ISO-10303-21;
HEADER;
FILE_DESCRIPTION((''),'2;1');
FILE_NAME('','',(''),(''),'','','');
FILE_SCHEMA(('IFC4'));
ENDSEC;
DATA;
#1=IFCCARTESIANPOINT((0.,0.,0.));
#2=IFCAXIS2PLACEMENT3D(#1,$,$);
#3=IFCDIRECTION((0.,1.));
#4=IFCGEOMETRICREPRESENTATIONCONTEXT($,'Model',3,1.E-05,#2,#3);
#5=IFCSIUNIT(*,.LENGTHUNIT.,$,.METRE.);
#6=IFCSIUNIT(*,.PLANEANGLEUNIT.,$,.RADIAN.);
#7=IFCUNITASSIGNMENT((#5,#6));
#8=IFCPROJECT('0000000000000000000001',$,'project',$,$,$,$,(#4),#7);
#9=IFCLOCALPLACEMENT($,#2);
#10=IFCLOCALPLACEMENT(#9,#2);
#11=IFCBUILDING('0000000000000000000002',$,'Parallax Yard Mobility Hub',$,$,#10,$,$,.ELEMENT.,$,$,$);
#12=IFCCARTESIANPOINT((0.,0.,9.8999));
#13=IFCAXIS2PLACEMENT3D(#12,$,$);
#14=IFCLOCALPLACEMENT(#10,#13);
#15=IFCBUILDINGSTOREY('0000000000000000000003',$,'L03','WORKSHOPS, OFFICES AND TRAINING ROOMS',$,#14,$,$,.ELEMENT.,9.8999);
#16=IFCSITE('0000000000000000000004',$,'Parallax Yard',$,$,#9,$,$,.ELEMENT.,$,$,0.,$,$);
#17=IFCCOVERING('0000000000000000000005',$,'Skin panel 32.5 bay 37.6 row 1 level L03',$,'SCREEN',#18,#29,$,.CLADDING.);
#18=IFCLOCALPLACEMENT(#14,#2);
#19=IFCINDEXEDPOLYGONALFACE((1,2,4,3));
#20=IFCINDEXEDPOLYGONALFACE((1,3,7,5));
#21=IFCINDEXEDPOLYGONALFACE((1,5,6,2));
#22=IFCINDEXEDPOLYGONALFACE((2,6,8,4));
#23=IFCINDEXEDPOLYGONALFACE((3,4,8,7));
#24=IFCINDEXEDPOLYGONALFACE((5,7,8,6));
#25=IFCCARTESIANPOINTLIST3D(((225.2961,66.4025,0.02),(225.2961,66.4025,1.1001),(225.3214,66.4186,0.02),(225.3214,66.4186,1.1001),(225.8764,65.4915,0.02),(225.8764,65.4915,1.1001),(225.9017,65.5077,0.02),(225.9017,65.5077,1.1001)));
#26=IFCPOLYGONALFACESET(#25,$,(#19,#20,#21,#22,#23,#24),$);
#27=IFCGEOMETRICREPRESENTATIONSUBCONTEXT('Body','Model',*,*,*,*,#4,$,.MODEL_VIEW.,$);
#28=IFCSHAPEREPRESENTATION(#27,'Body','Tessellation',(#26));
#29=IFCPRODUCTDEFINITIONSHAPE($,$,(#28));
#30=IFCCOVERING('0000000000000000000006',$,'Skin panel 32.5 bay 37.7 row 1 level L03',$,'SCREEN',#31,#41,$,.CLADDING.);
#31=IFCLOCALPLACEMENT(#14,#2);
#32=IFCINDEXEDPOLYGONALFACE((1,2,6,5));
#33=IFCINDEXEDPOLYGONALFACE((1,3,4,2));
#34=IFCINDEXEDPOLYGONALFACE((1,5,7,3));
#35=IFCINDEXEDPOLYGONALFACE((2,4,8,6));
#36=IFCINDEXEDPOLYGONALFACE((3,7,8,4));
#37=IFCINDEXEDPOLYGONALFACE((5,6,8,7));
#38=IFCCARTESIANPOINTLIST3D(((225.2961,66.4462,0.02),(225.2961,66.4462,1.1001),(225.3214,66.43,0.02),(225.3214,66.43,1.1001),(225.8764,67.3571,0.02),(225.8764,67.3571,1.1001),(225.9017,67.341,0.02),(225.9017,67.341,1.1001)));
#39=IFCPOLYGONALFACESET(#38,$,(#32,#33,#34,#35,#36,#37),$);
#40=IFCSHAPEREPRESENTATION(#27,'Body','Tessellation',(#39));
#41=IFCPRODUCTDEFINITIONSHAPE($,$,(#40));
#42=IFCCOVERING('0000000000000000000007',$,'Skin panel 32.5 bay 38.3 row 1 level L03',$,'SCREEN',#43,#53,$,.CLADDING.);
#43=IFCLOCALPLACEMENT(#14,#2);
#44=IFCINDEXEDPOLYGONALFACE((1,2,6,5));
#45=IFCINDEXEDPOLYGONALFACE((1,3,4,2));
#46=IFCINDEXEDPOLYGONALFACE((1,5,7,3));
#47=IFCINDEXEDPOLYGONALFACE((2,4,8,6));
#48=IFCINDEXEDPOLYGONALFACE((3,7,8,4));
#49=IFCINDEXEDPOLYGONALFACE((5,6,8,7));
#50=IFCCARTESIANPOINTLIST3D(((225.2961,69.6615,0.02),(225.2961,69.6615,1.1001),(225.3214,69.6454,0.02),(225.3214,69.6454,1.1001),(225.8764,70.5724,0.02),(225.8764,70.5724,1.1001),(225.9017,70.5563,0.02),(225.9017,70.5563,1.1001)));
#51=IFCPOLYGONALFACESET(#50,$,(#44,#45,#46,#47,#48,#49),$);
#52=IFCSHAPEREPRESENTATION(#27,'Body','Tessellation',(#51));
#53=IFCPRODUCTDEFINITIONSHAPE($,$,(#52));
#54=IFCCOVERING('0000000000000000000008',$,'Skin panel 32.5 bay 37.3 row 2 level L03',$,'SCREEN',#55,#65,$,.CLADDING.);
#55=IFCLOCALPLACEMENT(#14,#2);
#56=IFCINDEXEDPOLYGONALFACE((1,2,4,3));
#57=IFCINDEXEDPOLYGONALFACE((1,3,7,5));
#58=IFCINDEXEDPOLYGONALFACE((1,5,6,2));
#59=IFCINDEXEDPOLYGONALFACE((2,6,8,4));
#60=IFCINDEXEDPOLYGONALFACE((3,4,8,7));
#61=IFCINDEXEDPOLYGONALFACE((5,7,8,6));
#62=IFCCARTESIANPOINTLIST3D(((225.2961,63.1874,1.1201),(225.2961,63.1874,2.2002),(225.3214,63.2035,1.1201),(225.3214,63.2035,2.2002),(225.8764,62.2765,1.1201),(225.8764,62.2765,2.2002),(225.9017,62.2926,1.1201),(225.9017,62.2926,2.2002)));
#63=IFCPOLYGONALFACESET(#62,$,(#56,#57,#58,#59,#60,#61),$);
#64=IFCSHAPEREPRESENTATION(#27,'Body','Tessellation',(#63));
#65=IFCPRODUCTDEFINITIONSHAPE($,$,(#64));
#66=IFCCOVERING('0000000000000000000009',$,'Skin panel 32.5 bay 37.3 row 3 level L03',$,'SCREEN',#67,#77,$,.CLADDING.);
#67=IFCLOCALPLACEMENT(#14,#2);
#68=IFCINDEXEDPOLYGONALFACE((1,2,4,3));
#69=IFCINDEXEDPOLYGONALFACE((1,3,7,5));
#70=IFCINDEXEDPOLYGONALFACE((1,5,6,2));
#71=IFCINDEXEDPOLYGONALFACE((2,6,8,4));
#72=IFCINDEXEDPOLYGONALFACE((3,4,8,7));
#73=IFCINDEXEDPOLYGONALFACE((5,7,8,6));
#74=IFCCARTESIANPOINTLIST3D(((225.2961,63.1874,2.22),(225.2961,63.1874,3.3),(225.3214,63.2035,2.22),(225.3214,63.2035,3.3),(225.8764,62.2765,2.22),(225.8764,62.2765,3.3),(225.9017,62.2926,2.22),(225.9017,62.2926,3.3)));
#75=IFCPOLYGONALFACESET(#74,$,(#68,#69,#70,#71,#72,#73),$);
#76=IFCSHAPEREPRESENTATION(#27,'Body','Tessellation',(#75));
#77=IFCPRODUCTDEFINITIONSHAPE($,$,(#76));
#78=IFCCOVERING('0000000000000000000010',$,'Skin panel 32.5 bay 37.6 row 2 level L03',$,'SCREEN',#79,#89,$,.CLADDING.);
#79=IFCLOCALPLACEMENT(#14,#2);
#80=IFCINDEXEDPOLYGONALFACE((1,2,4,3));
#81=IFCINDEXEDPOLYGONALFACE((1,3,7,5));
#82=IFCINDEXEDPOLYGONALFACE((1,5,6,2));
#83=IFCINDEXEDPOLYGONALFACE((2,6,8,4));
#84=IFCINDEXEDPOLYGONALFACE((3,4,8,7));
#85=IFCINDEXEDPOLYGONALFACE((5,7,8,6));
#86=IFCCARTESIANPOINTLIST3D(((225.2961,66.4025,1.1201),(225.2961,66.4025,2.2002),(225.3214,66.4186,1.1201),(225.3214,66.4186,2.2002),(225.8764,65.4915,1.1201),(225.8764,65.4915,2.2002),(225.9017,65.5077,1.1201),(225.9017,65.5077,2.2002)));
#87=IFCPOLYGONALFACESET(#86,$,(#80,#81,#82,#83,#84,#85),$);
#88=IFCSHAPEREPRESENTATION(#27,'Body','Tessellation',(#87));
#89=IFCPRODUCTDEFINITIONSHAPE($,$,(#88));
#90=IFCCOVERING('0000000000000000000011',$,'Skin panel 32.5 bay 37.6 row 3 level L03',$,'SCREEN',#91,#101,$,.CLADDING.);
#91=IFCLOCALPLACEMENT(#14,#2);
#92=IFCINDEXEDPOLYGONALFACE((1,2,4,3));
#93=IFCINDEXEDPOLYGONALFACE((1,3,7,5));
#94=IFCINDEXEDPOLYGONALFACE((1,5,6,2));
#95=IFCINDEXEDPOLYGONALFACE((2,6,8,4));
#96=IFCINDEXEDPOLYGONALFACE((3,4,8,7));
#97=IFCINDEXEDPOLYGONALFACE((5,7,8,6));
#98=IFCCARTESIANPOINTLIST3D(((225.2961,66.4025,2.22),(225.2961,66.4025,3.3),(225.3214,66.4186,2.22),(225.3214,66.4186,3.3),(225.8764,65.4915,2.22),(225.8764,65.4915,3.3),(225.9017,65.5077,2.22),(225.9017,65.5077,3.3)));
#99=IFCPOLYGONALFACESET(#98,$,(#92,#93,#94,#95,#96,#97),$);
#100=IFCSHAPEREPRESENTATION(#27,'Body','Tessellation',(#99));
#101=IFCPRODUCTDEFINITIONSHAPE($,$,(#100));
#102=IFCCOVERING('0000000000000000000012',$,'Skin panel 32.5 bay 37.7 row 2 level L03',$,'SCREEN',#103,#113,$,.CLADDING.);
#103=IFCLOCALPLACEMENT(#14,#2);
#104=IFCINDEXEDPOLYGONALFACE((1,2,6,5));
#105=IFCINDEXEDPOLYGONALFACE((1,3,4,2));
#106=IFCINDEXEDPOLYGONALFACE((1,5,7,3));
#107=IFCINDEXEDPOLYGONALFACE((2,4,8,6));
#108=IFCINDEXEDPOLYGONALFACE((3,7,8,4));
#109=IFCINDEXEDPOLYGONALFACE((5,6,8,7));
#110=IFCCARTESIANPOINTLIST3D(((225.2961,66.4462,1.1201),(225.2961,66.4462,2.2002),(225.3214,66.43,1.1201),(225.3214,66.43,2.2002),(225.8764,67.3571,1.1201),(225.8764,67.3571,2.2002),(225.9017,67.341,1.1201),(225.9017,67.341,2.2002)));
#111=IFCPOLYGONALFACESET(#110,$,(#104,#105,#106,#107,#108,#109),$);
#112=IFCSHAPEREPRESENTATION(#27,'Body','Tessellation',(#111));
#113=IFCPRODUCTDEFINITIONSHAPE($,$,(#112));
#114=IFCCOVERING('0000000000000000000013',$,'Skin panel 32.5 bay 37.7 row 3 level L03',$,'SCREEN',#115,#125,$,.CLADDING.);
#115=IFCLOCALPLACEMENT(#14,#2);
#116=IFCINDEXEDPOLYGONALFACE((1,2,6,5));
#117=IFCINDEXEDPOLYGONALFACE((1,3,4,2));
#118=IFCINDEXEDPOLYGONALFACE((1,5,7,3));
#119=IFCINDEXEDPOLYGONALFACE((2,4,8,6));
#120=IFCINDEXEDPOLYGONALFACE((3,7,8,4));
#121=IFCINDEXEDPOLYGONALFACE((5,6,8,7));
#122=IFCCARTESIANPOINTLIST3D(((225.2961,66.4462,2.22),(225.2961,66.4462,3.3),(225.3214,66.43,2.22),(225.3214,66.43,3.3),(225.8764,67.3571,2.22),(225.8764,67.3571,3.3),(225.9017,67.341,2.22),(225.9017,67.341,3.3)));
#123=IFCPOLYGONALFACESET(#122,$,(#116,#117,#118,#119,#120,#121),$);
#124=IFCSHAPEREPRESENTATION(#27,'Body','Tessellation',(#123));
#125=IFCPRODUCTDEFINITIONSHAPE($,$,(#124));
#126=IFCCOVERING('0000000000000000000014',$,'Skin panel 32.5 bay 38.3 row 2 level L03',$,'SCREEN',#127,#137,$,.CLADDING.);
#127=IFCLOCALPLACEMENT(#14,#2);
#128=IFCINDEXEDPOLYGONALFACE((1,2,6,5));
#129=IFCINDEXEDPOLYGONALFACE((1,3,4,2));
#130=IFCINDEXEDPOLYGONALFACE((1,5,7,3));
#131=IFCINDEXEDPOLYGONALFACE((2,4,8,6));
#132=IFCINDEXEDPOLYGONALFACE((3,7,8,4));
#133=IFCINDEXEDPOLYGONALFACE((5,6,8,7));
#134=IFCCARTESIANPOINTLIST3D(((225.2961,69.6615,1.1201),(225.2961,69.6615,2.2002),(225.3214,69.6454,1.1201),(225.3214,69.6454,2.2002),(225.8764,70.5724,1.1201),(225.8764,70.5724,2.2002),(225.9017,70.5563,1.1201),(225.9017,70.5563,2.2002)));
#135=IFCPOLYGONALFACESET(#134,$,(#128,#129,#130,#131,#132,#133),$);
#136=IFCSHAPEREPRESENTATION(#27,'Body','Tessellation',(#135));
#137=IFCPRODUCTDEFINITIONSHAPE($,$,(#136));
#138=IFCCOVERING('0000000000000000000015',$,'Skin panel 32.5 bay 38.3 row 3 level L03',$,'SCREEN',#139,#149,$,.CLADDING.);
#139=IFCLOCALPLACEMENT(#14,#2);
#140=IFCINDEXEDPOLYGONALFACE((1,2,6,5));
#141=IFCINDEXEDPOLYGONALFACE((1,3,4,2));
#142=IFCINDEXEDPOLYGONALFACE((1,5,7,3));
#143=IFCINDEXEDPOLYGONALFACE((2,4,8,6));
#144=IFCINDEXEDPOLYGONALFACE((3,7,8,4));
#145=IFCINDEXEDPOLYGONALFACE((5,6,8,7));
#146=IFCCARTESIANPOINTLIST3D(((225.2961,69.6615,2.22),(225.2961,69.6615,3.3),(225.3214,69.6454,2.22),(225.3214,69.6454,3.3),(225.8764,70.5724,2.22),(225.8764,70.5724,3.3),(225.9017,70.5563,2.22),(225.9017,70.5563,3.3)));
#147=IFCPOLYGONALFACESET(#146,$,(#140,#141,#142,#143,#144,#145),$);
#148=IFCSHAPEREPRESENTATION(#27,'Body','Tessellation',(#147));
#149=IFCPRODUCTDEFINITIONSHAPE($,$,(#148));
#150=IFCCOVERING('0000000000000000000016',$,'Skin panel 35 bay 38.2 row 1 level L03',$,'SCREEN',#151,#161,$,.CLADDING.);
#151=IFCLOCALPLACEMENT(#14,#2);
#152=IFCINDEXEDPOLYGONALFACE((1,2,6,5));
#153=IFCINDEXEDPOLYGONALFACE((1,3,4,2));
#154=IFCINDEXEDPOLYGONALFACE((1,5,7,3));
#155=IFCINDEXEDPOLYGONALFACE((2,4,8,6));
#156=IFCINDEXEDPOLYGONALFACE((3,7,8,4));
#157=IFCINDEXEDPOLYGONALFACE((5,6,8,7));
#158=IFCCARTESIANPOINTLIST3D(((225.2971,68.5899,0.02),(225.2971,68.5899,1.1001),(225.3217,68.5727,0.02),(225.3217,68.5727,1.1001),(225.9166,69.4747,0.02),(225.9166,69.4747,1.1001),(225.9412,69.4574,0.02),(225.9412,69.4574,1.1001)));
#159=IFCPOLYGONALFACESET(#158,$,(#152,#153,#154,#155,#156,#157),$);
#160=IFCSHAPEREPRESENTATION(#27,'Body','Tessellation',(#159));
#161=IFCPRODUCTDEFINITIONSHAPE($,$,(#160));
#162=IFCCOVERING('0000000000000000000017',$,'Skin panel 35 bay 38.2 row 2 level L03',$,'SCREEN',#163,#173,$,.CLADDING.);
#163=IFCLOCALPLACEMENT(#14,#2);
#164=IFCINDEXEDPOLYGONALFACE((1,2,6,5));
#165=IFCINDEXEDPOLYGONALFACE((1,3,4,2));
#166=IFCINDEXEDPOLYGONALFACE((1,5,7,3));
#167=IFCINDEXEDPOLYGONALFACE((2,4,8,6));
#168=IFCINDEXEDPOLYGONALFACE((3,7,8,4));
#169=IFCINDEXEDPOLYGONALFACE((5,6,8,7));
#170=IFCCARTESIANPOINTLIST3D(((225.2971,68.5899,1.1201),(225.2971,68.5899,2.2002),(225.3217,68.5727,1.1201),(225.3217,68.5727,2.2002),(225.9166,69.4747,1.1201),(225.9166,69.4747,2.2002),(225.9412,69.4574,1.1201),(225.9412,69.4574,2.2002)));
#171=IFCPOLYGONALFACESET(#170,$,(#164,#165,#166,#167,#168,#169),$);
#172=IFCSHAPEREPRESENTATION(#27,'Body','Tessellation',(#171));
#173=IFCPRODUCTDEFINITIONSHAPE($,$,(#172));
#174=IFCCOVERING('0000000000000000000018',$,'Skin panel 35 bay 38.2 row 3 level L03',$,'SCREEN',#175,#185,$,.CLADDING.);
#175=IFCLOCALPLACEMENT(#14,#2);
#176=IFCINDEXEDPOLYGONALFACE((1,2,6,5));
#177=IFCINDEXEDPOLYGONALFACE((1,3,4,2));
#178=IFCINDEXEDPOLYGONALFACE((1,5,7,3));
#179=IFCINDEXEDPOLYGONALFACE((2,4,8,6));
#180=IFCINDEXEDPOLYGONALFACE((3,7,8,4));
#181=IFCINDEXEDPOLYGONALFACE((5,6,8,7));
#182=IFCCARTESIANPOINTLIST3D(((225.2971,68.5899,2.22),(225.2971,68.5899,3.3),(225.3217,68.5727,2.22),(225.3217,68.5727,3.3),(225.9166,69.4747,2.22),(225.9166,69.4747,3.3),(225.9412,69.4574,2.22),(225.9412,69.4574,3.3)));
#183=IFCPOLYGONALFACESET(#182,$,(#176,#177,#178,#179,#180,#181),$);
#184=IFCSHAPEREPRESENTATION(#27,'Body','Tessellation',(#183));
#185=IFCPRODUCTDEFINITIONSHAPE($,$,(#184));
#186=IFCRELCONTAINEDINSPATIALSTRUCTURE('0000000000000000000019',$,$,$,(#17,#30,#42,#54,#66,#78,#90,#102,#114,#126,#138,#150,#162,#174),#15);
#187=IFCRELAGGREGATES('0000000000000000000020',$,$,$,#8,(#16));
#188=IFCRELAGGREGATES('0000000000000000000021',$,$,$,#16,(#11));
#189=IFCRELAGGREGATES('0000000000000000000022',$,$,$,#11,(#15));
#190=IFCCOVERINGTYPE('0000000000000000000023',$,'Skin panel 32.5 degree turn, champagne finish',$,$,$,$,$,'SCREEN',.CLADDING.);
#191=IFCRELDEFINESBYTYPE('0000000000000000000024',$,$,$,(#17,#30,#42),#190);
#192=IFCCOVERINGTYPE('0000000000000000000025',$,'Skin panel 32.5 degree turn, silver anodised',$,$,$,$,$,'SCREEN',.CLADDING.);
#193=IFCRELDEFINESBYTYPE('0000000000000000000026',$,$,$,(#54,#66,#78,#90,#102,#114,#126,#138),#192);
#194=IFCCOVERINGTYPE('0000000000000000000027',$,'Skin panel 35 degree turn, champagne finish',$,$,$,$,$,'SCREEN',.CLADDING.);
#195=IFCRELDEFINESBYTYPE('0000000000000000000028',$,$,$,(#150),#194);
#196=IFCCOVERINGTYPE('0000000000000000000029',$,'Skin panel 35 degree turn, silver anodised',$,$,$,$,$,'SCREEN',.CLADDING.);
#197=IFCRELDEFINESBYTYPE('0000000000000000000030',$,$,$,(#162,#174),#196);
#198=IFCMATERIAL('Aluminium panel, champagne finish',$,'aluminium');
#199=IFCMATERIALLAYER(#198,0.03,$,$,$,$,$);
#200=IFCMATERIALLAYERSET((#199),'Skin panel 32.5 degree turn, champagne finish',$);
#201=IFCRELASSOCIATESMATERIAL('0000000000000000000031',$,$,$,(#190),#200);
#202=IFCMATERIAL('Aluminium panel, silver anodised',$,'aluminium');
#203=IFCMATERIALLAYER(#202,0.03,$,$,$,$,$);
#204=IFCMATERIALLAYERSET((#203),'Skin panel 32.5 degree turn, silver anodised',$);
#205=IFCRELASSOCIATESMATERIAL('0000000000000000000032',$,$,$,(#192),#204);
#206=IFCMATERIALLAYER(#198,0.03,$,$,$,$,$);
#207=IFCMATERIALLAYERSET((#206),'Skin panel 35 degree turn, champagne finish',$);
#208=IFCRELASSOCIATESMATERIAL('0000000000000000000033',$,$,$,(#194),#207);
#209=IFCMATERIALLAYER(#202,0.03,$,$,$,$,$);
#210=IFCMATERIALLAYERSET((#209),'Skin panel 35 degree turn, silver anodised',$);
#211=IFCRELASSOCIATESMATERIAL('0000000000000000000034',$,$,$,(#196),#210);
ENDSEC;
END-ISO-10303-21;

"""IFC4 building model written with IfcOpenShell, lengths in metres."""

from ifc_helpers import new_model, si_unit, direction, frame, origin, origin_2d, place, context, subcontext, project, spatial, rectangle, extrude, material, layer, layer_set, type_object, element, save


model = new_model("IFC4")

# Units and contexts
model_context = context("Model", 3, precision=1e-05, world=origin(), true_north=direction((0.0, 1.0)))
body_context = subcontext(model_context, "Body", "Model", "MODEL_VIEW")
ifc_project = project(units=[si_unit("LENGTHUNIT", "METRE"), si_unit("PLANEANGLEUNIT", "RADIAN")], contexts=[model_context])

# Site, building, storey
site_placement = place(None, origin())
site = spatial("IfcSite", under=ifc_project, at=site_placement, Name="Parallax Yard", CompositionType="ELEMENT", RefElevation=0.0)
building_placement = place(site_placement, origin())
building = spatial("IfcBuilding", under=site, at=building_placement, Name="Parallax Yard Mobility Hub", CompositionType="ELEMENT")
storey_placement = place(building_placement, frame((0.0, 0.0, 9.8999)))
storey = spatial("IfcBuildingStorey", under=building, at=storey_placement, Name="L03", Description="WORKSHOPS, OFFICES AND TRAINING ROOMS", CompositionType="ELEMENT", Elevation=9.8999)

# Coverings
ifc_material_1 = material(Name="Aluminium panel, champagne finish", Category="aluminium")
ifc_material_2 = material(Name="Aluminium panel, silver anodised", Category="aluminium")
ifc_layer_1 = layer(ifc_material_1, 0.03)
ifc_layer_set_1 = layer_set([ifc_layer_1], Name="Skin panel 32.5 degree turn, champagne finish")
covering_type_1 = type_object("IfcCoveringType", Name="Skin panel 32.5 degree turn, champagne finish", ElementType="SCREEN", PredefinedType="CLADDING", material=ifc_layer_set_1)
for number, where, z_axis, x_axis, name in (
    (1, (225.5989, 65.9551, 0.02), (0.0, 0.0, 1.0), (0.5373, -0.843391, 0.0), "Skin panel 32.5 bay 37.6 row 1 level L03"),
    (2, (225.5989, 66.8936, 0.02), (0.0, 0.0, 1.0), (0.5373, 0.843391, 0.0), "Skin panel 32.5 bay 37.7 row 1 level L03"),
    (3, (225.5989, 70.1089, 0.02), (0.0, 0.0, 1.0), (0.5373, 0.843391, 0.0), "Skin panel 32.5 bay 38.3 row 1 level L03"),
):
    element("IfcCovering", number, at=place(storey_placement, frame(where, z_axis=z_axis, x_axis=x_axis)), inside=storey, type_object=covering_type_1, Name=name, ObjectType="SCREEN", PredefinedType="CLADDING", context=body_context, shape_type="SweptSolid", body=[
        extrude(rectangle(XDim=1.0801, YDim=0.03, at=origin_2d()), origin(), (0.0, 0.0, 1.0), 1.0801),
    ])
ifc_layer_2 = layer(ifc_material_2, 0.03)
ifc_layer_set_2 = layer_set([ifc_layer_2], Name="Skin panel 32.5 degree turn, silver anodised")
covering_type_2 = type_object("IfcCoveringType", Name="Skin panel 32.5 degree turn, silver anodised", ElementType="SCREEN", PredefinedType="CLADDING", material=ifc_layer_set_2)
for number, where, z_axis, x_axis, name in (
    (4, (225.5989, 62.74, 1.1201), (0.0, 0.0, 1.0), (0.5373, -0.843391, 0.0), "Skin panel 32.5 bay 37.3 row 2 level L03"),
    (5, (225.5989, 62.74, 2.22), (0.0, 0.0, 1.0), (0.5373, -0.843391, 0.0), "Skin panel 32.5 bay 37.3 row 3 level L03"),
    (6, (225.5989, 65.9551, 1.1201), (0.0, 0.0, 1.0), (0.5373, -0.843391, 0.0), "Skin panel 32.5 bay 37.6 row 2 level L03"),
    (7, (225.5989, 65.9551, 2.22), (0.0, 0.0, 1.0), (0.5373, -0.843391, 0.0), "Skin panel 32.5 bay 37.6 row 3 level L03"),
    (8, (225.5989, 66.8936, 1.1201), (0.0, 0.0, 1.0), (0.5373, 0.843391, 0.0), "Skin panel 32.5 bay 37.7 row 2 level L03"),
    (9, (225.5989, 66.8936, 2.22), (0.0, 0.0, 1.0), (0.5373, 0.843391, 0.0), "Skin panel 32.5 bay 37.7 row 3 level L03"),
    (10, (225.5989, 70.1089, 1.1201), (0.0, 0.0, 1.0), (0.5373, 0.843391, 0.0), "Skin panel 32.5 bay 38.3 row 2 level L03"),
    (11, (225.5989, 70.1089, 2.22), (0.0, 0.0, 1.0), (0.5373, 0.843391, 0.0), "Skin panel 32.5 bay 38.3 row 3 level L03"),
):
    element("IfcCovering", number, at=place(storey_placement, frame(where, z_axis=z_axis, x_axis=x_axis)), inside=storey, type_object=covering_type_2, Name=name, ObjectType="SCREEN", PredefinedType="CLADDING", context=body_context, shape_type="SweptSolid", body=[
        extrude(rectangle(XDim=1.0801, YDim=0.03, at=origin_2d()), origin(), (0.0, 0.0, 1.0), 1.0801),
    ])
ifc_layer_3 = layer(ifc_material_1, 0.03)
ifc_layer_set_3 = layer_set([ifc_layer_3], Name="Skin panel 35 degree turn, champagne finish")
covering_type_3 = type_object("IfcCoveringType", Name="Skin panel 35 degree turn, champagne finish", ElementType="SCREEN", PredefinedType="CLADDING", material=ifc_layer_set_3)
covering_placement = place(storey_placement, frame((225.6191, 69.0237, 0.02), z_axis=(0.0, 0.0, 1.0), x_axis=(0.573576, 0.819152, 0.0)))
element("IfcCovering", 12, at=covering_placement, inside=storey, type_object=covering_type_3, Name="Skin panel 35 bay 38.2 row 1 level L03", ObjectType="SCREEN", PredefinedType="CLADDING", context=body_context, shape_type="SweptSolid", body=[
    extrude(rectangle(XDim=1.0801, YDim=0.03, at=origin_2d()), origin(), (0.0, 0.0, 1.0), 1.0801),
])
ifc_layer_4 = layer(ifc_material_2, 0.03)
ifc_layer_set_4 = layer_set([ifc_layer_4], Name="Skin panel 35 degree turn, silver anodised")
covering_type_4 = type_object("IfcCoveringType", Name="Skin panel 35 degree turn, silver anodised", ElementType="SCREEN", PredefinedType="CLADDING", material=ifc_layer_set_4)
for number, where, z_axis, x_axis, name in (
    (13, (225.6191, 69.0237, 1.1201), (0.0, 0.0, 1.0), (0.573576, 0.819152, 0.0), "Skin panel 35 bay 38.2 row 2 level L03"),
    (14, (225.6191, 69.0237, 2.22), (0.0, 0.0, 1.0), (0.573576, 0.819152, 0.0), "Skin panel 35 bay 38.2 row 3 level L03"),
):
    element("IfcCovering", number, at=place(storey_placement, frame(where, z_axis=z_axis, x_axis=x_axis)), inside=storey, type_object=covering_type_4, Name=name, ObjectType="SCREEN", PredefinedType="CLADDING", context=body_context, shape_type="SweptSolid", body=[
        extrude(rectangle(XDim=1.0801, YDim=0.03, at=origin_2d()), origin(), (0.0, 0.0, 1.0), 1.0801),
    ])

save(model, "model.ifc")
